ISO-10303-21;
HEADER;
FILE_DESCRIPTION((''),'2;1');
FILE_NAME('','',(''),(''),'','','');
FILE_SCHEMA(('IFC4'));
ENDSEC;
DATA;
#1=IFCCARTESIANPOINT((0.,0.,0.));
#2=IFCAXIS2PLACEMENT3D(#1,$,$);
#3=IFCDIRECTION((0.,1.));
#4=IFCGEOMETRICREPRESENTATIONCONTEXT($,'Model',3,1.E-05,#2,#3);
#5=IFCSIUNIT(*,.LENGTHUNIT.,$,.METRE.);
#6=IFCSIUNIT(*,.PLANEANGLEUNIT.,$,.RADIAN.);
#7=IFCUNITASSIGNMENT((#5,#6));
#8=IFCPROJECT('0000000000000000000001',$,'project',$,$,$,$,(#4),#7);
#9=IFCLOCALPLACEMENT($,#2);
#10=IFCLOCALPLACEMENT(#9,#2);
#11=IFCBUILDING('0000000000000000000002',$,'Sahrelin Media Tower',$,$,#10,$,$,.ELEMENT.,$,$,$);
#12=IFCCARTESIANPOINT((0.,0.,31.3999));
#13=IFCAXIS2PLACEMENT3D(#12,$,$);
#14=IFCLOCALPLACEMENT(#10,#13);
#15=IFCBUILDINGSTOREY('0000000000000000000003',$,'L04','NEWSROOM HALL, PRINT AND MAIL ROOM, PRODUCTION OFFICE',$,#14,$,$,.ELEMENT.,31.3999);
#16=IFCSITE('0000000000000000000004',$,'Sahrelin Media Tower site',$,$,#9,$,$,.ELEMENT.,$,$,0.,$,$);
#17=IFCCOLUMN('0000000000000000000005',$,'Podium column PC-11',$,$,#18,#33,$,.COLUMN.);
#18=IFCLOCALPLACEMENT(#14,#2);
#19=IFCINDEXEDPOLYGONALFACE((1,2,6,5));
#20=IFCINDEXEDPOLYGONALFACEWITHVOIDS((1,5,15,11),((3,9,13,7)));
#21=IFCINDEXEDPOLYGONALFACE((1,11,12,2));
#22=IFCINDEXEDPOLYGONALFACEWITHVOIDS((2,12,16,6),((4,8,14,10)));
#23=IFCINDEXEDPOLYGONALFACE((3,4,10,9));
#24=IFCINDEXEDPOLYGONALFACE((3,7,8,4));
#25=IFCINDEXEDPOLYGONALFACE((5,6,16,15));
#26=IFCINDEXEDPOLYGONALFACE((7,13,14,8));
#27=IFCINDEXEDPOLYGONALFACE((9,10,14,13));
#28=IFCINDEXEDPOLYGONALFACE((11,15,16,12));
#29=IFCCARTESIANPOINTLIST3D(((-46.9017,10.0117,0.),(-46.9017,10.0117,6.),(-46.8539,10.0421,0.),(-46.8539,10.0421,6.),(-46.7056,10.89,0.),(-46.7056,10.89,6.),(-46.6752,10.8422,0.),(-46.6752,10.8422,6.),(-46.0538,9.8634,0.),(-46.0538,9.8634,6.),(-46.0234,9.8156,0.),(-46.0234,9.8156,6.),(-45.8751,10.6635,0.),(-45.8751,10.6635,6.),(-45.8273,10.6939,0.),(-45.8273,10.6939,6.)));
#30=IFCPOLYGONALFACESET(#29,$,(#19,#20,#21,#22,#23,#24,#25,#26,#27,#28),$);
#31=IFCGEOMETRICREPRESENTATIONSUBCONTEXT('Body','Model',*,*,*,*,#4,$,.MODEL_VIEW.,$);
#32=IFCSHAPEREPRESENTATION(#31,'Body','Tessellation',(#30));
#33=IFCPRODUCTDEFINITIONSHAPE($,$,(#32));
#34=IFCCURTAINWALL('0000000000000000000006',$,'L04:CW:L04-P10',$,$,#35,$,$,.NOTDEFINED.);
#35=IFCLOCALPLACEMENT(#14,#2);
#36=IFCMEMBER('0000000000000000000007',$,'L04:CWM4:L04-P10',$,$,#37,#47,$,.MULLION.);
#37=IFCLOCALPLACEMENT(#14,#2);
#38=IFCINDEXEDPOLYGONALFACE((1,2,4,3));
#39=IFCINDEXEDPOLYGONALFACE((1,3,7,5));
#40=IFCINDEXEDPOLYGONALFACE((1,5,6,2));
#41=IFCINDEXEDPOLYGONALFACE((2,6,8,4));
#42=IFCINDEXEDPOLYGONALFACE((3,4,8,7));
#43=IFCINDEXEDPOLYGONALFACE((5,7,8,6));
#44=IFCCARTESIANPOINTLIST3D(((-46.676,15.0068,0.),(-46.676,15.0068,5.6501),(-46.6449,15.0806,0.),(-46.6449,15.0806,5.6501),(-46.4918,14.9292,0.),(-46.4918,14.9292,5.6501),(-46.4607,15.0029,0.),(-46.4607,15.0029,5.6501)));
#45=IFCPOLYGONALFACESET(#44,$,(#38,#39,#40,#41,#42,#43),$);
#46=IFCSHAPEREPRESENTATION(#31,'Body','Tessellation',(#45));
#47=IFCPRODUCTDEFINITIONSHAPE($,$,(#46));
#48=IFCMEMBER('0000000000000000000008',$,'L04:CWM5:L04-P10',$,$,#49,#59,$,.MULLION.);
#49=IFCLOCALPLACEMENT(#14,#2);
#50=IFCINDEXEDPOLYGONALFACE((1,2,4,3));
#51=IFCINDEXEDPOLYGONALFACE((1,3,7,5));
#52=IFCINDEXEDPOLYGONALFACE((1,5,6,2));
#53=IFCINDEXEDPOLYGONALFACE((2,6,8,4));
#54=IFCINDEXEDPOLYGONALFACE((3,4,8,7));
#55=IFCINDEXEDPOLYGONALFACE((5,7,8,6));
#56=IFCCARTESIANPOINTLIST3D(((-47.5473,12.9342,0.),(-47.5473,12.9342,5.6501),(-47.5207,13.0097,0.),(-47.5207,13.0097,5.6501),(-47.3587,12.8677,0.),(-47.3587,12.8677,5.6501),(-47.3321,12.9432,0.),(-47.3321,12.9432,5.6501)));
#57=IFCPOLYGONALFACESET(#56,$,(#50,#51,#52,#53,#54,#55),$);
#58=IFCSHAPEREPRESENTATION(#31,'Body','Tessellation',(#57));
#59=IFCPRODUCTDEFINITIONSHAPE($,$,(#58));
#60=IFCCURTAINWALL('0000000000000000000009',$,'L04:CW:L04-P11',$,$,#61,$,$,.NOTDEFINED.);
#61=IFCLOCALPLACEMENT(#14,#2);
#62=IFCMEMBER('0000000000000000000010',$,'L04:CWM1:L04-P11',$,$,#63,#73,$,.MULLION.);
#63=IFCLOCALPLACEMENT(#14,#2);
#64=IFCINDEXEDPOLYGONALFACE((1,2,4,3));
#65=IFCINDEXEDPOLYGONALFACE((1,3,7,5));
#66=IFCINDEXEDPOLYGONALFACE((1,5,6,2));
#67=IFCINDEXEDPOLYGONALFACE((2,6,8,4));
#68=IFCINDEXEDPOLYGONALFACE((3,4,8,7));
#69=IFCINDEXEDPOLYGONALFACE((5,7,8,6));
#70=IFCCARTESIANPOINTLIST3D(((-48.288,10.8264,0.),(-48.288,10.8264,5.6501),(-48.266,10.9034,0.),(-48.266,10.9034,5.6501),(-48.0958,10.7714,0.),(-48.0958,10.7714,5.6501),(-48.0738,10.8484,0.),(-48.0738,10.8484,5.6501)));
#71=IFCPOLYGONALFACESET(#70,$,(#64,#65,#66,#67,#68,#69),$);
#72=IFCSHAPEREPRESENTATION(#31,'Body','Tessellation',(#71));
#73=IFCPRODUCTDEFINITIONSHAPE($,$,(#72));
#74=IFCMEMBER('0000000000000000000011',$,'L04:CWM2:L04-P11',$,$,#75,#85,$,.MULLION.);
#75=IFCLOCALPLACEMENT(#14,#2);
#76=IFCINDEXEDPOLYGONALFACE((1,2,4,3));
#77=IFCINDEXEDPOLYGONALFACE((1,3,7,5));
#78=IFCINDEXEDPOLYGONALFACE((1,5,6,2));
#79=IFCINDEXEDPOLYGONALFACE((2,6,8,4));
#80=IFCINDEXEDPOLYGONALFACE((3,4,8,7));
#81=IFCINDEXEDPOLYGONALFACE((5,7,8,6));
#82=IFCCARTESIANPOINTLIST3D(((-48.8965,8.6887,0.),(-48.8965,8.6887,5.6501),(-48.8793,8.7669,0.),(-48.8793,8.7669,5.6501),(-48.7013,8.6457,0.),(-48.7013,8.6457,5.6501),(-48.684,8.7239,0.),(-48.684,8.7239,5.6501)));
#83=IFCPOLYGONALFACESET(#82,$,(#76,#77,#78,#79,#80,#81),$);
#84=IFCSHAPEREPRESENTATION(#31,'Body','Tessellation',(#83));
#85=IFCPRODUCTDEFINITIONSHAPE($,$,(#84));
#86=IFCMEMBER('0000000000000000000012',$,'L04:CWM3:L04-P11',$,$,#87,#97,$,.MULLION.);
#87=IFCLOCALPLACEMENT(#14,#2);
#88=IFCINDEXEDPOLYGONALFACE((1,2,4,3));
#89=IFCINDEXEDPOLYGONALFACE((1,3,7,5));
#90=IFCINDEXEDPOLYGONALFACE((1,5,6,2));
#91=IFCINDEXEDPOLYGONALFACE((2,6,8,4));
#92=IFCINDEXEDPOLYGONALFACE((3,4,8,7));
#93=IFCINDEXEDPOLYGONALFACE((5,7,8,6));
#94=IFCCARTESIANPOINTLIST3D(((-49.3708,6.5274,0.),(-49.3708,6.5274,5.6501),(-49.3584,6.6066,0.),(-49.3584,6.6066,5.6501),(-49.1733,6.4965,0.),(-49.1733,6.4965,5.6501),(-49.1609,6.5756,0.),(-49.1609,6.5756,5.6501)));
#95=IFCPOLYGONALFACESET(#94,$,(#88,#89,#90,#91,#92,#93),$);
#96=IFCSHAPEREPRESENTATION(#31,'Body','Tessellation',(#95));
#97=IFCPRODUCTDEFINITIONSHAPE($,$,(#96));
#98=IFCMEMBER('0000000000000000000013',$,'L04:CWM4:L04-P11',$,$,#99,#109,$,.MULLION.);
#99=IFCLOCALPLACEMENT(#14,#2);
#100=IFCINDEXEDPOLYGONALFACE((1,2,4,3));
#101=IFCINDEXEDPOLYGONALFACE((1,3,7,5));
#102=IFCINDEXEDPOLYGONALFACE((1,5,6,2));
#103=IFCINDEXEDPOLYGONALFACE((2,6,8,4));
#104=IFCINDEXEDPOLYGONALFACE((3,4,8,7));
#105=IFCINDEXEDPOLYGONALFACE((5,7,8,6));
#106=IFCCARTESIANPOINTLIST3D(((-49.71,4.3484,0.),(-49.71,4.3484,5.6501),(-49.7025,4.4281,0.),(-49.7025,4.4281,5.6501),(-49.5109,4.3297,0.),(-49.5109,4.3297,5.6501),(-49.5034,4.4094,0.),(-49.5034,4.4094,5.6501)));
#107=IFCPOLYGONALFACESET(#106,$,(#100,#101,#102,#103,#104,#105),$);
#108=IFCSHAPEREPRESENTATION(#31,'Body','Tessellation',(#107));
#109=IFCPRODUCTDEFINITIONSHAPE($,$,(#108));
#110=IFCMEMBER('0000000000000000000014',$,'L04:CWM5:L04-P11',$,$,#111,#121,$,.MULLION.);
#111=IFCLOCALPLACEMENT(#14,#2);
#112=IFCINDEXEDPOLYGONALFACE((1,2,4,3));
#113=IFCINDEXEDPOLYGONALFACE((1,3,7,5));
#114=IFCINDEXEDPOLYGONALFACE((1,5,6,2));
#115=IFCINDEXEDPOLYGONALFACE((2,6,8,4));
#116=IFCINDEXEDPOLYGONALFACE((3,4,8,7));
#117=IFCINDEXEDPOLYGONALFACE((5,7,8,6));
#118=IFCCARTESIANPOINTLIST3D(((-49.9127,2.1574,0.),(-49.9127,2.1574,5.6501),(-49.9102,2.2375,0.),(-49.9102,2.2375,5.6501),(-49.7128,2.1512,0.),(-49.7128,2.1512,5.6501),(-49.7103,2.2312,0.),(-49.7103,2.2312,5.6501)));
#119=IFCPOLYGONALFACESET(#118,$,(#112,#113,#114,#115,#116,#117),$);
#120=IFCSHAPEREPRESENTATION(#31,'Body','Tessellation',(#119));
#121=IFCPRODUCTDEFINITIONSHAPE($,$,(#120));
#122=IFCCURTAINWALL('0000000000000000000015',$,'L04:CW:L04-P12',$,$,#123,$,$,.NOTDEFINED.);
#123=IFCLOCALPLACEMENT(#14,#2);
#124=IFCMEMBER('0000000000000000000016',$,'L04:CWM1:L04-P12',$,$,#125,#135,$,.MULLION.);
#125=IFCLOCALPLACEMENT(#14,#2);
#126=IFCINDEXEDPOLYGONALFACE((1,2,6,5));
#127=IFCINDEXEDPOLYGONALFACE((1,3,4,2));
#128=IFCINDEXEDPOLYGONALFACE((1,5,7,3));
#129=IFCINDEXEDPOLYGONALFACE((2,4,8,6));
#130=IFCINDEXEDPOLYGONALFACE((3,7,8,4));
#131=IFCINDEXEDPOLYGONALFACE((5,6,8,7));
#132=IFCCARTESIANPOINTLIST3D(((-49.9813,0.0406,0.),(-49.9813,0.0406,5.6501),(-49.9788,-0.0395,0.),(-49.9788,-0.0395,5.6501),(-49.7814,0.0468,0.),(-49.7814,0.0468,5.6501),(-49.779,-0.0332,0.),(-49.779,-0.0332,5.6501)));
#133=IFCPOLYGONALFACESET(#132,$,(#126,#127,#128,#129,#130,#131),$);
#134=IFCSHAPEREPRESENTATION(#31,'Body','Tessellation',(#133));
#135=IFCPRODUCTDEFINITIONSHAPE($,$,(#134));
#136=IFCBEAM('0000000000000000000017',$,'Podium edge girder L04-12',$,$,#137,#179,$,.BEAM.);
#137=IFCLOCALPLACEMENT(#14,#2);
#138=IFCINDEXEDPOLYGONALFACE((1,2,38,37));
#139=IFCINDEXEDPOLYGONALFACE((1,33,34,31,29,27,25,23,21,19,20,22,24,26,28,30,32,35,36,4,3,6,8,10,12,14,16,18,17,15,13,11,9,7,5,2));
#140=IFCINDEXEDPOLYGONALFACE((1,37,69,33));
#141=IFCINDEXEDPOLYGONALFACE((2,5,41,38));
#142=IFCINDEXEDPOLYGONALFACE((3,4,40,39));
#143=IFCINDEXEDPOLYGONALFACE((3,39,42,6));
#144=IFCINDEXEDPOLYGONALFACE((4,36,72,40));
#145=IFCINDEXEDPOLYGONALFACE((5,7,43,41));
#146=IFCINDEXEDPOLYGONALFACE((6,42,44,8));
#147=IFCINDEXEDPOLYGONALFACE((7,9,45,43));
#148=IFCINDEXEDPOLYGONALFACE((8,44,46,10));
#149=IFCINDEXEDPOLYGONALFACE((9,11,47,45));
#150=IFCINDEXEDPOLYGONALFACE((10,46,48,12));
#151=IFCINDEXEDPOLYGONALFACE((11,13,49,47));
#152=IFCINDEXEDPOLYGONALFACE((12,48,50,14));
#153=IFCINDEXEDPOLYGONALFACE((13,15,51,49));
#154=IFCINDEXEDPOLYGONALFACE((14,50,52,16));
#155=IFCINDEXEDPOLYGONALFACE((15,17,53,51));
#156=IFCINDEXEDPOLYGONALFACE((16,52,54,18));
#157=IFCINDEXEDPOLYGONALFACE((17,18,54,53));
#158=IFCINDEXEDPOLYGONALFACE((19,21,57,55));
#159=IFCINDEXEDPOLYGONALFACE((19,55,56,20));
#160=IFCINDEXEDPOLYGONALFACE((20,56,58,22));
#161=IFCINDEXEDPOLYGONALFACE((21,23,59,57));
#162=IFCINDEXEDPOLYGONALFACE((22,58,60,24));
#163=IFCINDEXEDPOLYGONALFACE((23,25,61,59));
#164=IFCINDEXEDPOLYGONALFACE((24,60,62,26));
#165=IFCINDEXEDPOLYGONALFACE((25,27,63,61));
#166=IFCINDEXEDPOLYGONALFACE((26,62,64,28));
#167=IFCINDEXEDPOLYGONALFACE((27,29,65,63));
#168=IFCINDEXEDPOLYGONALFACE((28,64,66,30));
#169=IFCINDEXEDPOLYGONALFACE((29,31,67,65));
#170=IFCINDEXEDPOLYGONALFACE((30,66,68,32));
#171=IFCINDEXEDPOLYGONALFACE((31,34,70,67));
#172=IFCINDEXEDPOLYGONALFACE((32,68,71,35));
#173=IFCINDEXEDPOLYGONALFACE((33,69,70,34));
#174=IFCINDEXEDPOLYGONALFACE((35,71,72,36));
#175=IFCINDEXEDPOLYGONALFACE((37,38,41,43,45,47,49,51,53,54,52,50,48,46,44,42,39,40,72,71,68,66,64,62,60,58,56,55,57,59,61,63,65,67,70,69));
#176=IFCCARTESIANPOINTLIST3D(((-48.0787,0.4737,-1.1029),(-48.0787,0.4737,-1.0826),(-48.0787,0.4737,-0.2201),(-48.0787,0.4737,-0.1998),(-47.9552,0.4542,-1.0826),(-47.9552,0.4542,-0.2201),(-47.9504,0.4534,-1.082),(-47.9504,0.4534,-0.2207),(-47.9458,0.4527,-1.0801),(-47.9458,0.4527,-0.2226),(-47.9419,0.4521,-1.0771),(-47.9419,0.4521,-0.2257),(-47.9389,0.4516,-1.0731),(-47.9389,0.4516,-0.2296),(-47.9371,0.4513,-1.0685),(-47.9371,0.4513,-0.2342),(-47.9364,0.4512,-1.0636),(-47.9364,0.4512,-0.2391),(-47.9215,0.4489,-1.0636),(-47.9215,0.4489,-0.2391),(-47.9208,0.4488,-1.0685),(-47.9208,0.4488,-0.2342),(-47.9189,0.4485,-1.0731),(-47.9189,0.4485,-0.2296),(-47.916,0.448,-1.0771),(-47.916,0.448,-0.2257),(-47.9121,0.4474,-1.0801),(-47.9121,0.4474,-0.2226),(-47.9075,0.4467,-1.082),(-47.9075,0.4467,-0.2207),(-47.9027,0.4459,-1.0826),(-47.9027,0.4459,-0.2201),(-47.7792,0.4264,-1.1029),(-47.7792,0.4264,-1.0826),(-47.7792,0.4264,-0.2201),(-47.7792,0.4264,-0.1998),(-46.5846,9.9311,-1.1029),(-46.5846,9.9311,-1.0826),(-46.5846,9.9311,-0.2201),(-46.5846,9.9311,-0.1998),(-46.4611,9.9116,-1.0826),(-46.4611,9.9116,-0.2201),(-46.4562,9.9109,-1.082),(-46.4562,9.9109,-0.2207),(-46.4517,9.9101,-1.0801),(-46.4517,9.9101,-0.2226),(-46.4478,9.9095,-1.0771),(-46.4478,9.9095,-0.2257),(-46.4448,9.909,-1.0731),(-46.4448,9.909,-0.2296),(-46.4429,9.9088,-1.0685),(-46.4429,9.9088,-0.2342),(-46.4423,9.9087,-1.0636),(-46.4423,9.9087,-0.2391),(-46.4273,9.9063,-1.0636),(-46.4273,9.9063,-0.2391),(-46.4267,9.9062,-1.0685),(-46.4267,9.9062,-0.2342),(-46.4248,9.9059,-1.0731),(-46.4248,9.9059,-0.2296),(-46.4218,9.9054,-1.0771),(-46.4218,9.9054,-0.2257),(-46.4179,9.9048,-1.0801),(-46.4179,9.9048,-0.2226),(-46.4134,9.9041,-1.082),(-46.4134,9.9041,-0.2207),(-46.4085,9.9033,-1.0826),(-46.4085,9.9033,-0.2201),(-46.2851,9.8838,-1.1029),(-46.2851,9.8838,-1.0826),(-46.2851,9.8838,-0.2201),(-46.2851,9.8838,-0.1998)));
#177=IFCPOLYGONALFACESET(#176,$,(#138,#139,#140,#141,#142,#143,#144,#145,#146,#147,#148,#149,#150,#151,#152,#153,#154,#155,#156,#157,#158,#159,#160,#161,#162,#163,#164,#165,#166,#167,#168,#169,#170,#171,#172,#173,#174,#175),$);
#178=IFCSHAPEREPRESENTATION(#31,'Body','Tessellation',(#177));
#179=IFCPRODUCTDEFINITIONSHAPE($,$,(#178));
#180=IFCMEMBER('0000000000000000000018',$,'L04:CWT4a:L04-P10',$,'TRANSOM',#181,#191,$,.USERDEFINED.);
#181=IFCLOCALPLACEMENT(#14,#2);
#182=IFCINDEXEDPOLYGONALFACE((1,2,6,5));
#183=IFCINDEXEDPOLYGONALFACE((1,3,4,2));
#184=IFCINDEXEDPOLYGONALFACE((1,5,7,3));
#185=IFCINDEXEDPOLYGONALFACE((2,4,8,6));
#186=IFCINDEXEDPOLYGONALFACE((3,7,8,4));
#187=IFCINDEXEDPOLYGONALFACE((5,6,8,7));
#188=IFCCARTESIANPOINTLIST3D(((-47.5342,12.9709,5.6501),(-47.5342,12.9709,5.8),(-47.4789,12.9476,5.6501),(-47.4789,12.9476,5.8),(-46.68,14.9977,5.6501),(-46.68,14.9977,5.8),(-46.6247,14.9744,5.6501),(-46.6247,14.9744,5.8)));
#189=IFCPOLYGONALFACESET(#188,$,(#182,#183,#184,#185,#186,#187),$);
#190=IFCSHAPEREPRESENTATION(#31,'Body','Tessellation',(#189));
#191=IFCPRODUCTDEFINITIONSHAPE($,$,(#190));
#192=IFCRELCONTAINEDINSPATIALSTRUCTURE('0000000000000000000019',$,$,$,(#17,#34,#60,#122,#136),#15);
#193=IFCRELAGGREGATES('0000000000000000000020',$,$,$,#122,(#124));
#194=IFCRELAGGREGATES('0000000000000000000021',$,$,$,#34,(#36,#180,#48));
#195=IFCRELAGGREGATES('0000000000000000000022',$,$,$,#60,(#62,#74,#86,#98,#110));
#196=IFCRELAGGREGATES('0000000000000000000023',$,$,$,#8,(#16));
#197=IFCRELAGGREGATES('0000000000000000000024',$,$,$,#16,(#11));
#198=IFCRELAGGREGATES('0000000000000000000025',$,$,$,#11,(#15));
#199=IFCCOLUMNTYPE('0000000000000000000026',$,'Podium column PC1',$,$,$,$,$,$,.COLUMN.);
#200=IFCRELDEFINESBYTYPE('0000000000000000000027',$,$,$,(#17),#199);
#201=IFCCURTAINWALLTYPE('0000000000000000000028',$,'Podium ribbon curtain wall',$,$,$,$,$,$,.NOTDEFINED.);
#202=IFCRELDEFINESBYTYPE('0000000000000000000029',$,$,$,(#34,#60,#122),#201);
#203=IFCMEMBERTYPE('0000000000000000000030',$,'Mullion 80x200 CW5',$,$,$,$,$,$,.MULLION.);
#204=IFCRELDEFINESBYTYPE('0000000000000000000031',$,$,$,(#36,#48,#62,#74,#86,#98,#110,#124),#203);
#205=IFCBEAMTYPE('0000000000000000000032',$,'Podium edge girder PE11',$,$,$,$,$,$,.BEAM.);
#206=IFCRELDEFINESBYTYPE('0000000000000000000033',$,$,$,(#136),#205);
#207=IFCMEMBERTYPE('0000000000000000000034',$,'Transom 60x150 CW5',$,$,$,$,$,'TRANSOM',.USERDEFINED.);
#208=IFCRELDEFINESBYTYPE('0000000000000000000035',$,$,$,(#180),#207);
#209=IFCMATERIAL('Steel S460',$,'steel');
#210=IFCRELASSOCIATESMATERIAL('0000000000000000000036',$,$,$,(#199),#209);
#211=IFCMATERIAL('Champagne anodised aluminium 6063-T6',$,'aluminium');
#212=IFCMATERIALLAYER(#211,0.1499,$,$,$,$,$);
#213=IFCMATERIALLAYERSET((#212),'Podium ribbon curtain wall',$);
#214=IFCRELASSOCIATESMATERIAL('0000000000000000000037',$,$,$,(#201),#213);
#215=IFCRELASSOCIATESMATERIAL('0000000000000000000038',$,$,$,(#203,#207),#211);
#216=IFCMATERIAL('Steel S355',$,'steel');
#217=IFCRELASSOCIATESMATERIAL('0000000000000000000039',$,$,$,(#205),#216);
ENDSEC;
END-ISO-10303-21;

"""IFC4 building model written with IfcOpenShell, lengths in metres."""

from ifc_helpers import new_model, si_unit, direction, frame, origin, origin_2d, place, context, subcontext, project, spatial, rectangle, hollow_rectangle, i_section, extrude, material, layer, layer_set, material_profile, profile_set, type_object, element, aggregate, save


model = new_model("IFC4")

# Units and contexts
model_context = context("Model", 3, precision=1e-05, world=origin(), true_north=direction((0.0, 1.0)))
body_context = subcontext(model_context, "Body", "Model", "MODEL_VIEW")
ifc_project = project(units=[si_unit("LENGTHUNIT", "METRE"), si_unit("PLANEANGLEUNIT", "RADIAN")], contexts=[model_context])

# Site, building, storey
site_placement = place(None, origin())
site = spatial("IfcSite", under=ifc_project, at=site_placement, Name="Sahrelin Media Tower site", CompositionType="ELEMENT", RefElevation=0.0)
building_placement = place(site_placement, origin())
building = spatial("IfcBuilding", under=site, at=building_placement, Name="Sahrelin Media Tower", CompositionType="ELEMENT")
storey_placement = place(building_placement, frame((0.0, 0.0, 31.3999)))
storey = spatial("IfcBuildingStorey", under=building, at=storey_placement, Name="L04", Description="NEWSROOM HALL, PRINT AND MAIL ROOM, PRODUCTION OFFICE", CompositionType="ELEMENT", Elevation=31.3999)

# Column
ifc_material_1 = material(Name="Steel S460", Category="steel")
ifc_material_profile_1 = material_profile(ifc_material_1, hollow_rectangle(XDim=0.8999, YDim=0.8999, WallThickness=0.04, at=origin_2d()), Name="Podium column PC1")
ifc_profile_set_1 = profile_set([ifc_material_profile_1], Name="Steel S460")
column_type = type_object("IfcColumnType", Name="Podium column PC1", PredefinedType="COLUMN", material=ifc_profile_set_1)
column_placement = place(storey_placement, frame((-46.3645, 10.3528, 0.0), z_axis=(0.0, 0.0, 1.0), x_axis=(-0.975965, 0.217925, 0.0)))
element("IfcColumn", 1, at=column_placement, inside=storey, type_object=column_type, Name="Podium column PC-11", PredefinedType="COLUMN", context=body_context, shape_type="SweptSolid", body=[
    extrude(hollow_rectangle(XDim=0.8999, YDim=0.8999, WallThickness=0.04, at=origin_2d()), origin(), (0.0, 0.0, 1.0), 6.0),
])

# Curtain walls, members
ifc_material_2 = material(Name="Champagne anodised aluminium 6063-T6", Category="aluminium")
ifc_layer_1 = layer(ifc_material_2, 0.1499)
ifc_layer_set_1 = layer_set([ifc_layer_1], Name="Podium ribbon curtain wall")
curtain_wall_type = type_object("IfcCurtainWallType", Name="Podium ribbon curtain wall", PredefinedType="NOTDEFINED", material=ifc_layer_set_1)
curtain_wall_1_placement = place(storey_placement, frame((-43.3013, 21.0, 0.0), z_axis=(0.0, 0.0, 1.0), x_axis=(1.0, 0.0, 0.0)))
curtain_wall_1 = element("IfcCurtainWall", 2, at=curtain_wall_1_placement, inside=storey, type_object=curtain_wall_type, Name="L04:CW:L04-P10", PredefinedType="NOTDEFINED")
ifc_material_profile_2 = material_profile(ifc_material_2, rectangle(XDim=0.0801, YDim=0.2, at=origin_2d()), Name="Mullion 80x200")
ifc_profile_set_2 = profile_set([ifc_material_profile_2], Name="Champagne anodised aluminium 6063-T6")
member_type_1 = type_object("IfcMemberType", Name="Mullion 80x200 CW5", PredefinedType="MULLION", material=ifc_profile_set_2)
member_1_placement = place(storey_placement, frame((-46.5684, 15.0049, 0.0), z_axis=(0.0, 0.0, 1.0), x_axis=(-0.38845, -0.92147, 0.0)))
member_1 = element("IfcMember", 3, at=member_1_placement, type_object=member_type_1, Name="L04:CWM4:L04-P10", PredefinedType="MULLION", context=body_context, shape_type="SweptSolid", body=[
    extrude(rectangle(XDim=0.0801, YDim=0.2, at=origin_2d()), origin(), (0.0, 0.0, 1.0), 5.6501),
])
member_2_placement = place(storey_placement, frame((-47.4397, 12.9387, 0.0), z_axis=(0.0, 0.0, 1.0), x_axis=(-0.332579, -0.943075, 0.0)))
member_2 = element("IfcMember", 4, at=member_2_placement, type_object=member_type_1, Name="L04:CWM5:L04-P10", PredefinedType="MULLION", context=body_context, shape_type="SweptSolid", body=[
    extrude(rectangle(XDim=0.0801, YDim=0.2, at=origin_2d()), origin(), (0.0, 0.0, 1.0), 5.6501),
])
curtain_wall_2_placement = place(storey_placement, frame((-48.2964, 10.8704, 0.0), z_axis=(0.0, 0.0, 1.0), x_axis=(1.0, 0.0, 0.0)))
curtain_wall_2 = element("IfcCurtainWall", 5, at=curtain_wall_2_placement, inside=storey, type_object=curtain_wall_type, Name="L04:CW:L04-P11", PredefinedType="NOTDEFINED")
member_3_placement = place(storey_placement, frame((-48.1809, 10.8374, 0.0), z_axis=(0.0, 0.0, 1.0), x_axis=(-0.27481, -0.961499, 0.0)))
member_3 = element("IfcMember", 6, at=member_3_placement, type_object=member_type_1, Name="L04:CWM1:L04-P11", PredefinedType="MULLION", context=body_context, shape_type="SweptSolid", body=[
    extrude(rectangle(XDim=0.0801, YDim=0.2, at=origin_2d()), origin(), (0.0, 0.0, 1.0), 5.6501),
])
member_4_placement = place(storey_placement, frame((-48.7903, 8.7063, 0.0), z_axis=(0.0, 0.0, 1.0), x_axis=(-0.215438, -0.976518, 0.0)))
member_4 = element("IfcMember", 7, at=member_4_placement, type_object=member_type_1, Name="L04:CWM2:L04-P11", PredefinedType="MULLION", context=body_context, shape_type="SweptSolid", body=[
    extrude(rectangle(XDim=0.0801, YDim=0.2, at=origin_2d()), origin(), (0.0, 0.0, 1.0), 5.6501),
])
member_5_placement = place(storey_placement, frame((-49.2659, 6.5515, 0.0), z_axis=(0.0, 0.0, 1.0), x_axis=(-0.154852, -0.987938, 0.0)))
member_5 = element("IfcMember", 8, at=member_5_placement, type_object=member_type_1, Name="L04:CWM3:L04-P11", PredefinedType="MULLION", context=body_context, shape_type="SweptSolid", body=[
    extrude(rectangle(XDim=0.0801, YDim=0.2, at=origin_2d()), origin(), (0.0, 0.0, 1.0), 5.6501),
])
member_6_placement = place(storey_placement, frame((-49.6067, 4.3789, 0.0), z_axis=(0.0, 0.0, 1.0), x_axis=(-0.093292, -0.995639, 0.0)))
member_6 = element("IfcMember", 9, at=member_6_placement, type_object=member_type_1, Name="L04:CWM4:L04-P11", PredefinedType="MULLION", context=body_context, shape_type="SweptSolid", body=[
    extrude(rectangle(XDim=0.0801, YDim=0.2, at=origin_2d()), origin(), (0.0, 0.0, 1.0), 5.6501),
])
member_7_placement = place(storey_placement, frame((-49.8115, 2.1943, 0.0), z_axis=(0.0, 0.0, 1.0), x_axis=(-0.031147, -0.999515, 0.0)))
member_7 = element("IfcMember", 10, at=member_7_placement, type_object=member_type_1, Name="L04:CWM5:L04-P11", PredefinedType="MULLION", context=body_context, shape_type="SweptSolid", body=[
    extrude(rectangle(XDim=0.0801, YDim=0.2, at=origin_2d()), origin(), (0.0, 0.0, 1.0), 5.6501),
])

# Curtain wall, member
curtain_wall_3_placement = place(storey_placement, frame((-50.0, 0.0, 0.0), z_axis=(0.0, 0.0, 1.0), x_axis=(1.0, 0.0, 0.0)))
curtain_wall_3 = element("IfcCurtainWall", 11, at=curtain_wall_3_placement, inside=storey, type_object=curtain_wall_type, Name="L04:CW:L04-P12", PredefinedType="NOTDEFINED")
member_8_placement = place(storey_placement, frame((-49.8801, 0.0037, 0.0), z_axis=(0.0, 0.0, 1.0), x_axis=(0.031147, -0.999515, 0.0)))
member_8 = element("IfcMember", 12, at=member_8_placement, type_object=member_type_1, Name="L04:CWM1:L04-P12", PredefinedType="MULLION", context=body_context, shape_type="SweptSolid", body=[
    extrude(rectangle(XDim=0.0801, YDim=0.2, at=origin_2d()), origin(), (0.0, 0.0, 1.0), 5.6501),
])
aggregate(curtain_wall_3, [member_8])

# Beam
ifc_material_3 = material(Name="Steel S355", Category="steel")
ifc_material_profile_3 = material_profile(ifc_material_3, i_section(OverallWidth=0.3032, OverallDepth=0.9031, WebThickness=0.0151, FlangeThickness=0.0203, FilletRadius=0.019, at=origin_2d()), Name="UB 914x305x201")
ifc_profile_set_3 = profile_set([ifc_material_profile_3], Name="Steel S355")
beam_type = type_object("IfcBeamType", Name="Podium edge girder PE11", PredefinedType="BEAM", material=ifc_profile_set_3)
beam_placement = place(storey_placement, frame((-46.4348, 9.9075, -0.6514), z_axis=(-0.156049, -0.987749, 0.0), x_axis=(0.987749, -0.156049, 0.0)))
element("IfcBeam", 13, at=beam_placement, inside=storey, type_object=beam_type, Name="Podium edge girder L04-12", PredefinedType="BEAM", context=body_context, shape_type="SweptSolid", body=[
    extrude(i_section(OverallWidth=0.3032, OverallDepth=0.9031, WebThickness=0.0151, FlangeThickness=0.0203, FilletRadius=0.019, at=origin_2d()), origin(), (0.0, 0.0, 1.0), 9.5747),
])

# Member
ifc_material_profile_4 = material_profile(ifc_material_2, rectangle(XDim=0.0601, YDim=0.1499, at=origin_2d()), Name="Transom 60x150")
ifc_profile_set_4 = profile_set([ifc_material_profile_4], Name="Champagne anodised aluminium 6063-T6")
member_type_2 = type_object("IfcMemberType", Name="Transom 60x150 CW5", ElementType="TRANSOM", PredefinedType="USERDEFINED", material=ifc_profile_set_4)
member_9_placement = place(storey_placement, frame((-46.6523, 14.9861, 5.7251), z_axis=(-0.38838, -0.9215, 0.0), x_axis=(0.9215, -0.38838, 0.0)))
member_9 = element("IfcMember", 14, at=member_9_placement, type_object=member_type_2, Name="L04:CWT4a:L04-P10", ObjectType="TRANSOM", PredefinedType="USERDEFINED", context=body_context, shape_type="SweptSolid", body=[
    extrude(rectangle(XDim=0.0601, YDim=0.1499, at=origin_2d()), origin(), (0.0, 0.0, 1.0), 2.1995),
])

aggregate(curtain_wall_1, [member_1, member_9, member_2])
aggregate(curtain_wall_2, [member_3, member_4, member_5, member_6, member_7])

save(model, "model.ifc")
